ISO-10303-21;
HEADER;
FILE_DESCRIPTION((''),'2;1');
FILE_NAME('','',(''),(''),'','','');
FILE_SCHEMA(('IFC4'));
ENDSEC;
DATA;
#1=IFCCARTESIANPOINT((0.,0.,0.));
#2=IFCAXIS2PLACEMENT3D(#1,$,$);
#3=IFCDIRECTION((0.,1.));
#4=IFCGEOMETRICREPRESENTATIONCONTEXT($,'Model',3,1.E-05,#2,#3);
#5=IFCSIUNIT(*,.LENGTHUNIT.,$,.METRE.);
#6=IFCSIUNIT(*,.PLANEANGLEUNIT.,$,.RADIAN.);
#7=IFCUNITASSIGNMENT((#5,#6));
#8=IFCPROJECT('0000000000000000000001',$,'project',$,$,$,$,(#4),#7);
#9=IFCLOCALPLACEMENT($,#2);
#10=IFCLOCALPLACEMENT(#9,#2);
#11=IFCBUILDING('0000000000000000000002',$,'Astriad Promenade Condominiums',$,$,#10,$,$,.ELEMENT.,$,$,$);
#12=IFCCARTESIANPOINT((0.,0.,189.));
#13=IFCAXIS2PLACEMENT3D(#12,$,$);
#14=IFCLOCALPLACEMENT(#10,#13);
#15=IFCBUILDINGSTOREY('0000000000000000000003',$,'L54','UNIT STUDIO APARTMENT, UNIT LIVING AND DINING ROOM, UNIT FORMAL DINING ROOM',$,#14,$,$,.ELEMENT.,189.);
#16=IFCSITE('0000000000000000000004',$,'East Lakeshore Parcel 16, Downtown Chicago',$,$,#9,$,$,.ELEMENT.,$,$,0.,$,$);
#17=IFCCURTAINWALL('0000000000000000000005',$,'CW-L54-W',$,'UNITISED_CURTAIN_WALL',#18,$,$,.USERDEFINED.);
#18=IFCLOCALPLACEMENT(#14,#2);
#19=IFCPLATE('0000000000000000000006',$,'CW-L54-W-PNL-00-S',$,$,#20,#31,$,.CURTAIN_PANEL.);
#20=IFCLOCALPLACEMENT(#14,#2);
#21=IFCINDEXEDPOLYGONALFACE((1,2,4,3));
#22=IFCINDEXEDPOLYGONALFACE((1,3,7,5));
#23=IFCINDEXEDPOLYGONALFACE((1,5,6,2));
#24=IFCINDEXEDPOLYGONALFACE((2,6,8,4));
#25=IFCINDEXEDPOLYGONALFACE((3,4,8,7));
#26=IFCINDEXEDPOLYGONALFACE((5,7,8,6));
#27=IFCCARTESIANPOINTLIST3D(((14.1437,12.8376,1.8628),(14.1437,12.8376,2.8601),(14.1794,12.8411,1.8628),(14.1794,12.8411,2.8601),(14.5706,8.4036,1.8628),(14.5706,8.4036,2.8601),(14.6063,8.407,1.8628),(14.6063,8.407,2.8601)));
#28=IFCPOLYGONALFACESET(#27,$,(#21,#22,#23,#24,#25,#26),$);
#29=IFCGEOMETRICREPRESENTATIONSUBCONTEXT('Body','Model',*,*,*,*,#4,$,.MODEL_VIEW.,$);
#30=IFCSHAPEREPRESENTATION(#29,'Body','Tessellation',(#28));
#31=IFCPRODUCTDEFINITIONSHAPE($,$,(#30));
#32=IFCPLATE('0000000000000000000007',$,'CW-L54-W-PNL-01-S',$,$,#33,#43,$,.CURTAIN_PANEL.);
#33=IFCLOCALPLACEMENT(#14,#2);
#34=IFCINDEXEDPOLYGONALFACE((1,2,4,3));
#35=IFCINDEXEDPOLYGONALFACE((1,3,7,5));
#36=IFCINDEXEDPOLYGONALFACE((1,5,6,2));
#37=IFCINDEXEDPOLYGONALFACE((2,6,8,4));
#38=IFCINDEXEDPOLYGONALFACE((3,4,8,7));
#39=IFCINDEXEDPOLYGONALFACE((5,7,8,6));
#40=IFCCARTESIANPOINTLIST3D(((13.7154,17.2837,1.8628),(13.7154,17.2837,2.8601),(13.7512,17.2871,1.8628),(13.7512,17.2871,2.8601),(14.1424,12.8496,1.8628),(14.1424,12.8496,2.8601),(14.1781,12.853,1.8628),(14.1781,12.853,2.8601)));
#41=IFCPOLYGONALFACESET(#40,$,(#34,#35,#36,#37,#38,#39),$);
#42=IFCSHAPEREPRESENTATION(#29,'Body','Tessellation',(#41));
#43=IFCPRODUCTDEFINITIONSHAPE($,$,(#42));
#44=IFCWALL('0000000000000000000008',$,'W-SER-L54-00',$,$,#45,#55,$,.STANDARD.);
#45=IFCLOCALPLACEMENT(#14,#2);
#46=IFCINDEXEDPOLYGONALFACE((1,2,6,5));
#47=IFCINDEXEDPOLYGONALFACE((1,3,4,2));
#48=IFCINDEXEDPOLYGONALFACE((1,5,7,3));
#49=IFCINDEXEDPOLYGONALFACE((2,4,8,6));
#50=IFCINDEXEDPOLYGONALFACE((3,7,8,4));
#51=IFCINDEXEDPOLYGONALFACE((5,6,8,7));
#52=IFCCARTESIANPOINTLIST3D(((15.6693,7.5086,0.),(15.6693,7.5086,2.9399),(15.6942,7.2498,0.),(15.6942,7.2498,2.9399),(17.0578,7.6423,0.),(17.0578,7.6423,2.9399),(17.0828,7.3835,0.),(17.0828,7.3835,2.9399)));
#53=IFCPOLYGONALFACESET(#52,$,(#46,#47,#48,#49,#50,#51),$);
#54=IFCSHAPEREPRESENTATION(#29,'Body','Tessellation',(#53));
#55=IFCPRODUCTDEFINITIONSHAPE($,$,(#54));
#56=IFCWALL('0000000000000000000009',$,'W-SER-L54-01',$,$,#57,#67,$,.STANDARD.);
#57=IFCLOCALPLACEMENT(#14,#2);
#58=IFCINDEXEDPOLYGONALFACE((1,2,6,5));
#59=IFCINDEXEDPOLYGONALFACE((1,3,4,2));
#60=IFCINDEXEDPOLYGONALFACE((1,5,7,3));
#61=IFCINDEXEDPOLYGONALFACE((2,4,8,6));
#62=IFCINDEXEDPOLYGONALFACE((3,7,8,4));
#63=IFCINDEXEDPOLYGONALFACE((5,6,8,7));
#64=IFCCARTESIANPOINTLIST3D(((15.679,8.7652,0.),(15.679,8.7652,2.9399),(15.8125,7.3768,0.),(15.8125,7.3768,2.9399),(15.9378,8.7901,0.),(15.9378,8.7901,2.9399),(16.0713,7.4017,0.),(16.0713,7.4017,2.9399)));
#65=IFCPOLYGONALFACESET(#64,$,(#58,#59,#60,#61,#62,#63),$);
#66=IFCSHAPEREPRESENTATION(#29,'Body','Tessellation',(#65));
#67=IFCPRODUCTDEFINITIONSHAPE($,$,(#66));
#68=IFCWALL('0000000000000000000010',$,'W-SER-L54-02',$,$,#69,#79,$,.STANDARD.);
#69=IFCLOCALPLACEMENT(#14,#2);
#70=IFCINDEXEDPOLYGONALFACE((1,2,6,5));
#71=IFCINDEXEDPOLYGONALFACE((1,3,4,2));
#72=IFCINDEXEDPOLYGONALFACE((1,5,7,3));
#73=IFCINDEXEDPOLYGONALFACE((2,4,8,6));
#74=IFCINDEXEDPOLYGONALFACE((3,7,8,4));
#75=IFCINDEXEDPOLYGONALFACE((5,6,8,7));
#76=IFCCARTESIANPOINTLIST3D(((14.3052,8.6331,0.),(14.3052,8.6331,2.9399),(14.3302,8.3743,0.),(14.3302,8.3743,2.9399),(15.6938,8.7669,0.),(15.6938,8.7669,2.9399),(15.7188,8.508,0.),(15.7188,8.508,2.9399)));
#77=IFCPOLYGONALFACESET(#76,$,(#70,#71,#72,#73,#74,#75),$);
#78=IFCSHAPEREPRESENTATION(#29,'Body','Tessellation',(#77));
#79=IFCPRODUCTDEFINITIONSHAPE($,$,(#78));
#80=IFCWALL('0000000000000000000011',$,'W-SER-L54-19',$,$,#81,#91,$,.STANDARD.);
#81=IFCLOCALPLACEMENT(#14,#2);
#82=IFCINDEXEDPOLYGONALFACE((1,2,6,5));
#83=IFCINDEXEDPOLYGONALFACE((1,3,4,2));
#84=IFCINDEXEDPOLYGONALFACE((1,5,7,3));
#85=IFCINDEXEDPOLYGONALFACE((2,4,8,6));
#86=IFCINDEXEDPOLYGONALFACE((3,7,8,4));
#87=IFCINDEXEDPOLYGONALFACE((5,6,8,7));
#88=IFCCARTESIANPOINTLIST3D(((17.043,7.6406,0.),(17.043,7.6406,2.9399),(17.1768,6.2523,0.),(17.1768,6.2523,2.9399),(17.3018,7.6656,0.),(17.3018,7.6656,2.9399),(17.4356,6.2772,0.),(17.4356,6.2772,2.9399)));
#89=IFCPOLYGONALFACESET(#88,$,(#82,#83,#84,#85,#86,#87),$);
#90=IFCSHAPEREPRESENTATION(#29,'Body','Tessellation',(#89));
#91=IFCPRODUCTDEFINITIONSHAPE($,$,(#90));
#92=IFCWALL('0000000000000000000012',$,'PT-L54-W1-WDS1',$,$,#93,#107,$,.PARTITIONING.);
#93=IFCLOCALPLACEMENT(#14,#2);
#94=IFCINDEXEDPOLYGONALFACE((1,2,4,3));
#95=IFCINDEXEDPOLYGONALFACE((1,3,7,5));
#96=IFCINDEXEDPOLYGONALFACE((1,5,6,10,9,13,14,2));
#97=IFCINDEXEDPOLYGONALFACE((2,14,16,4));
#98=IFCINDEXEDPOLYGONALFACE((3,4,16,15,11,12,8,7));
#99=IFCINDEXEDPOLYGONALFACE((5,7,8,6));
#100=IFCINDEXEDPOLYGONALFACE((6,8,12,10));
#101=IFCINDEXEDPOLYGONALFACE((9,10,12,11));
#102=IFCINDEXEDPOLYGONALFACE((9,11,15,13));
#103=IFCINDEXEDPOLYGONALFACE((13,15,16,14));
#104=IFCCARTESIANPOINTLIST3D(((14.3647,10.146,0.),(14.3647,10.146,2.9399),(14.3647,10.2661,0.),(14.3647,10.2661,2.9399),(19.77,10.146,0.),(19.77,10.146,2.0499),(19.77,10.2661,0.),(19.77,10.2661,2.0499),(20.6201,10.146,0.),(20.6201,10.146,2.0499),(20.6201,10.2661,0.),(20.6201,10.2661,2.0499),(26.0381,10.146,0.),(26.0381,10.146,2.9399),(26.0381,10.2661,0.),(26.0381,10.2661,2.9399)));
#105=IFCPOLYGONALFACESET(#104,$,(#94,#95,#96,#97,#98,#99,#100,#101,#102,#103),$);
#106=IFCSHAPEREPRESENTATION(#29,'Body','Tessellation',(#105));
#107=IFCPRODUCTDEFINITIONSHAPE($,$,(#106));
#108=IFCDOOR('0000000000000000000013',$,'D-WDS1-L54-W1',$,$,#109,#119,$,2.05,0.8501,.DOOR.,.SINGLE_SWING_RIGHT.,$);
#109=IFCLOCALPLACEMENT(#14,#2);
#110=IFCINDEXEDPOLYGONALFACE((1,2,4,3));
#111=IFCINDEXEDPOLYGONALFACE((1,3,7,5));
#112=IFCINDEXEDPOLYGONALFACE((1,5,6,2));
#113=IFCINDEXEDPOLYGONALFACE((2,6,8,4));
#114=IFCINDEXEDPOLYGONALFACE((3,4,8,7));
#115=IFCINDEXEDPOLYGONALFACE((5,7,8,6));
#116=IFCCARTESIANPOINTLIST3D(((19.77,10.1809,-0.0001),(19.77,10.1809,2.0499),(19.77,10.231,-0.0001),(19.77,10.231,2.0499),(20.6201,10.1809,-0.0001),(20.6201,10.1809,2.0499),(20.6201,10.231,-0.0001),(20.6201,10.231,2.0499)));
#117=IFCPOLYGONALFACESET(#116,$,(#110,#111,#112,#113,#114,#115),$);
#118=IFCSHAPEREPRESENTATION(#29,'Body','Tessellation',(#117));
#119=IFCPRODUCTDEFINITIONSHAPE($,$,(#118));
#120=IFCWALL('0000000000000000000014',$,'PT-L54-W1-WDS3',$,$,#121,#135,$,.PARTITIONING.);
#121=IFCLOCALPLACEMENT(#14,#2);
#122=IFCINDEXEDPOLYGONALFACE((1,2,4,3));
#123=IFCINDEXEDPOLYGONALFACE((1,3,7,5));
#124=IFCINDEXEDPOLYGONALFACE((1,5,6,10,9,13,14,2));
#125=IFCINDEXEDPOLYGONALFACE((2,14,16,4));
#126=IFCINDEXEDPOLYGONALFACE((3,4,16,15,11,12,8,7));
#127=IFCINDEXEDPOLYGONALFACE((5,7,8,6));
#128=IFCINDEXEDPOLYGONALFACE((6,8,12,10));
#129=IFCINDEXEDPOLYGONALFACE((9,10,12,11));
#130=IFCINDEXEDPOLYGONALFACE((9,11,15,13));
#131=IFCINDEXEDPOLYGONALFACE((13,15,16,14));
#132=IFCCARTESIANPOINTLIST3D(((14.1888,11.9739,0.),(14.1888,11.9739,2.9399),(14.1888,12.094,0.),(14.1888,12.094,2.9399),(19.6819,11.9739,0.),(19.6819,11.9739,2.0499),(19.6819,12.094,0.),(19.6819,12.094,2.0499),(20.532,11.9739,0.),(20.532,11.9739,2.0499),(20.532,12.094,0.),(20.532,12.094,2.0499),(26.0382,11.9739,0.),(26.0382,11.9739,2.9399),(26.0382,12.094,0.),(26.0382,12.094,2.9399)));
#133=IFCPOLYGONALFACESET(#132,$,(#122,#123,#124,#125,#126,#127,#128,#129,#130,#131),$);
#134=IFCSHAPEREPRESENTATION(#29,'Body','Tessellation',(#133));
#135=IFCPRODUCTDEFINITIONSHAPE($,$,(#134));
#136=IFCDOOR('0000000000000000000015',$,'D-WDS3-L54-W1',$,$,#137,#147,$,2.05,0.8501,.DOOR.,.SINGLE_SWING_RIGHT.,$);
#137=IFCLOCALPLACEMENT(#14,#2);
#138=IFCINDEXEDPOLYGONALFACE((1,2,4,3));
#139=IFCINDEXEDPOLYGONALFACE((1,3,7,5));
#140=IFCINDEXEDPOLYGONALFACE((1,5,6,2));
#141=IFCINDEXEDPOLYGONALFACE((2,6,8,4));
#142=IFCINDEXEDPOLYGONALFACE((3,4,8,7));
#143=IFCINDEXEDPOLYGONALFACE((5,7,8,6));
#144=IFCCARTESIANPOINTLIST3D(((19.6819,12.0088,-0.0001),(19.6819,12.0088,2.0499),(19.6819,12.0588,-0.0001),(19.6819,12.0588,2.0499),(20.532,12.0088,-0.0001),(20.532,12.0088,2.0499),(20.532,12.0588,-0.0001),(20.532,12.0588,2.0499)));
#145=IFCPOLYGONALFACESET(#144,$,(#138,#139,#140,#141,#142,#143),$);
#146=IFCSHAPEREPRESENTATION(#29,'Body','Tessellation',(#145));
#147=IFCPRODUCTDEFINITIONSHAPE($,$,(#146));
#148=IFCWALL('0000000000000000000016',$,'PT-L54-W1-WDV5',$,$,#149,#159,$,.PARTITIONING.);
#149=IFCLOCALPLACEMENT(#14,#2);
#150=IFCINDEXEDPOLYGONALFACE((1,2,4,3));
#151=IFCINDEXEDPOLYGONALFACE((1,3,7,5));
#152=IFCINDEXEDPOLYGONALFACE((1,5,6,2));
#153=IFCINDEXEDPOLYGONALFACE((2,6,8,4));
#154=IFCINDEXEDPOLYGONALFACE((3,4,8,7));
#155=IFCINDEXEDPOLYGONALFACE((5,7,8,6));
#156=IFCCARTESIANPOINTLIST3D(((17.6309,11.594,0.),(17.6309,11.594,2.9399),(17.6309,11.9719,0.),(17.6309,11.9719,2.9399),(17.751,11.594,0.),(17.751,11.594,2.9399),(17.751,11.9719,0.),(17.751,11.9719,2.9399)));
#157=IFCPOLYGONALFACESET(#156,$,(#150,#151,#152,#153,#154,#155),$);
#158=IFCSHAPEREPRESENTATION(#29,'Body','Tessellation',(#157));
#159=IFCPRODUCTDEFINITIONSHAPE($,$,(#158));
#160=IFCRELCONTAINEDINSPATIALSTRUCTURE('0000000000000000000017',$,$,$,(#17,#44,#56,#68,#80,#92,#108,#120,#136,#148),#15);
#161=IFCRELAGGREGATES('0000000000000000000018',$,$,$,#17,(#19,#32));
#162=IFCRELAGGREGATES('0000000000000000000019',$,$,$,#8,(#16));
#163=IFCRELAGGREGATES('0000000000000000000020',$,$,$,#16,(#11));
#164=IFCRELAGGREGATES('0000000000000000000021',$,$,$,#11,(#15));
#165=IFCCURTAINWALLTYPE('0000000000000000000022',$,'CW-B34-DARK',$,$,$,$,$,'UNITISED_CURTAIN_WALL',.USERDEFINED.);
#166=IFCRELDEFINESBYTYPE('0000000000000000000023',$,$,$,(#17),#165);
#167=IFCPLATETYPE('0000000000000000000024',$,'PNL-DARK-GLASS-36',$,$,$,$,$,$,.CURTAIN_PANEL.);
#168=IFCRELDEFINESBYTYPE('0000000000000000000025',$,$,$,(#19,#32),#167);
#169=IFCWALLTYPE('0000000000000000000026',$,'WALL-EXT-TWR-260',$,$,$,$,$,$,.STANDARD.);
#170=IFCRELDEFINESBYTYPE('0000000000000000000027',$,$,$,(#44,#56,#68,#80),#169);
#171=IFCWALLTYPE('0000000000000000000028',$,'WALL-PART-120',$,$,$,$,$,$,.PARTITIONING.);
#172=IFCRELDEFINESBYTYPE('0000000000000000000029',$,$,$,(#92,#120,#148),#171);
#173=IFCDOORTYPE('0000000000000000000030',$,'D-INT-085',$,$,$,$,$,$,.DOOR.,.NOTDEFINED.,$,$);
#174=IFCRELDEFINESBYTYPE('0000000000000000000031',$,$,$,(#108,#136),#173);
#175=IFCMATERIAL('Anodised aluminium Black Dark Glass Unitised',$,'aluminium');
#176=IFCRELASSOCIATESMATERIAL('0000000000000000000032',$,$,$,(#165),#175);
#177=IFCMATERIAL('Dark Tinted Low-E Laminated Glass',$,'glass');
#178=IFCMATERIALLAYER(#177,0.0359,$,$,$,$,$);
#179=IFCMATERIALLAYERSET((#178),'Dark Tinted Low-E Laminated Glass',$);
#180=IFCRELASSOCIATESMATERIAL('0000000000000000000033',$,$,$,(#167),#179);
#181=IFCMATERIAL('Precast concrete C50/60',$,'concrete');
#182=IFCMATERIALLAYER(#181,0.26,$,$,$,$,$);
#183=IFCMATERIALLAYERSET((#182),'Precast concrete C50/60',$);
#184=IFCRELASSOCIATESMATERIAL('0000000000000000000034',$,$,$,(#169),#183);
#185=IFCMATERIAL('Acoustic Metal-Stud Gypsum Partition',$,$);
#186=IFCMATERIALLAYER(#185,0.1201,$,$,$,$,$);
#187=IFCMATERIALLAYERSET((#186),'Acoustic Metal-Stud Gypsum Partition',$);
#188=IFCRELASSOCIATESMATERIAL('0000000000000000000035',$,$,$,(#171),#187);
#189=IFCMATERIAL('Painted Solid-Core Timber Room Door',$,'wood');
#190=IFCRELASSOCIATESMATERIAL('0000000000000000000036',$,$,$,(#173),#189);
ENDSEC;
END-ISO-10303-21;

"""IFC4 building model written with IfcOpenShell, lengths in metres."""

from ifc_helpers import new_model, si_unit, direction, frame, frame_2d, origin, origin_2d, place, context, subcontext, project, spatial, rectangle, extrude, source, transform, mapped, material, layer, layer_set, type_object, type_shapes, element, fill, aggregate, save


model = new_model("IFC4")

# Units and contexts
model_context = context("Model", 3, precision=1e-05, world=origin(), true_north=direction((0.0, 1.0)))
body_context = subcontext(model_context, "Body", "Model", "MODEL_VIEW")
ifc_project = project(units=[si_unit("LENGTHUNIT", "METRE"), si_unit("PLANEANGLEUNIT", "RADIAN")], contexts=[model_context])

# Site, building, storey
site_placement = place(None, origin())
site = spatial("IfcSite", under=ifc_project, at=site_placement, Name="East Lakeshore Parcel 16, Downtown Chicago", CompositionType="ELEMENT", RefElevation=0.0)
building_placement = place(site_placement, origin())
building = spatial("IfcBuilding", under=site, at=building_placement, Name="Astriad Promenade Condominiums", CompositionType="ELEMENT")
storey_placement = place(building_placement, frame((0.0, 0.0, 189.0)))
storey = spatial("IfcBuildingStorey", under=building, at=storey_placement, Name="L54", Description="UNIT STUDIO APARTMENT, UNIT LIVING AND DINING ROOM, UNIT FORMAL DINING ROOM", CompositionType="ELEMENT", Elevation=189.0)

# Curtain wall
ifc_material_1 = material(Name="Anodised aluminium Black Dark Glass Unitised", Category="aluminium")
curtain_wall_type = type_object("IfcCurtainWallType", Name="CW-B34-DARK", ElementType="UNITISED_CURTAIN_WALL", PredefinedType="USERDEFINED", material=ifc_material_1)
curtain_wall_placement = place(storey_placement, origin())
curtain_wall = element("IfcCurtainWall", 1, at=curtain_wall_placement, inside=storey, type_object=curtain_wall_type, Name="CW-L54-W", ObjectType="UNITISED_CURTAIN_WALL", PredefinedType="USERDEFINED")

# Shared definitions
ifc_material_2 = material(Name="Precast concrete C50/60", Category="concrete")

# Plates
ifc_material_3 = material(Name="Dark Tinted Low-E Laminated Glass", Category="glass")
ifc_layer_1 = layer(ifc_material_3, 0.0359)
ifc_layer_set_1 = layer_set([ifc_layer_1], Name="Dark Tinted Low-E Laminated Glass")
plate_type = type_object("IfcPlateType", Name="PNL-DARK-GLASS-36", PredefinedType="CURTAIN_PANEL", material=ifc_layer_set_1)
shared_shape_1 = source(origin(), body_context, "Body", "SweptSolid", [
    extrude(rectangle(XDim=4.4546, YDim=0.0359, at=origin_2d()), origin(), (0.0, 0.0, 1.0), 0.9973),
])
plate_1_placement = place(storey_placement, frame((14.375, 10.6223, 1.8628), z_axis=(0.0, 0.0, 1.0), x_axis=(-0.095846, 0.995396, 0.0)))
plate_1 = element("IfcPlate", 2, at=plate_1_placement, type_object=plate_type, Name="CW-L54-W-PNL-00-S", PredefinedType="CURTAIN_PANEL", context=body_context, shape_type="MappedRepresentation", body=[
    mapped(shared_shape_1, transform((0.0, 0.0, 0.0), scale=1.0)),
])
plate_2_placement = place(storey_placement, frame((13.9468, 15.0684, 1.8628), z_axis=(0.0, 0.0, 1.0), x_axis=(-0.095846, 0.995396, 0.0)))
plate_2 = element("IfcPlate", 3, at=plate_2_placement, type_object=plate_type, Name="CW-L54-W-PNL-01-S", PredefinedType="CURTAIN_PANEL", context=body_context, shape_type="MappedRepresentation", body=[
    mapped(shared_shape_1, transform((0.0, 0.0, 0.0), scale=1.0)),
])
aggregate(curtain_wall, [plate_1, plate_2])

# Walls
ifc_layer_2 = layer(ifc_material_2, 0.26)
ifc_layer_set_2 = layer_set([ifc_layer_2], Name="Precast concrete C50/60")
wall_type_1 = type_object("IfcWallType", Name="WALL-EXT-TWR-260", PredefinedType="STANDARD", material=ifc_layer_set_2)
wall_1_placement = place(storey_placement, frame((17.0703, 7.5129, 0.0), z_axis=(0.0, 0.0, 1.0), x_axis=(-0.995391, -0.095899, 0.0)))
element("IfcWall", 4, at=wall_1_placement, inside=storey, type_object=wall_type_1, Name="W-SER-L54-00", PredefinedType="STANDARD", context=body_context, shape_type="SweptSolid", body=[
    extrude(rectangle(XDim=1.395, YDim=0.26, at=frame_2d((0.6975, 0.0))), origin(), (0.0, 0.0, 1.0), 2.9399),
])
wall_2_placement = place(storey_placement, frame((15.9419, 7.3894, 0.0), z_axis=(0.0, 0.0, 1.0), x_axis=(-0.095742, 0.995406, 0.0)))
element("IfcWall", 5, at=wall_2_placement, inside=storey, type_object=wall_type_1, Name="W-SER-L54-01", PredefinedType="STANDARD", context=body_context, shape_type="SweptSolid", body=[
    extrude(rectangle(XDim=1.3948, YDim=0.26, at=frame_2d((0.6973, 0.0))), origin(), (0.0, 0.0, 1.0), 2.9399),
])
wall_3_placement = place(storey_placement, frame((15.7063, 8.6375, 0.0), z_axis=(0.0, 0.0, 1.0), x_axis=(-0.995391, -0.095899, 0.0)))
element("IfcWall", 6, at=wall_3_placement, inside=storey, type_object=wall_type_1, Name="W-SER-L54-02", PredefinedType="STANDARD", context=body_context, shape_type="SweptSolid", body=[
    extrude(rectangle(XDim=1.395, YDim=0.26, at=frame_2d((0.6975, 0.0))), origin(), (0.0, 0.0, 1.0), 2.9399),
])
wall_4_placement = place(storey_placement, frame((17.3062, 6.2649, 0.0), z_axis=(0.0, 0.0, 1.0), x_axis=(-0.095916, 0.995389, 0.0)))
element("IfcWall", 7, at=wall_4_placement, inside=storey, type_object=wall_type_1, Name="W-SER-L54-19", PredefinedType="STANDARD", context=body_context, shape_type="SweptSolid", body=[
    extrude(rectangle(XDim=1.3948, YDim=0.26, at=frame_2d((0.6973, 0.0))), origin(), (0.0, 0.0, 1.0), 2.9399),
])

# Walls, openings, doors
ifc_material_4 = material(Name="Acoustic Metal-Stud Gypsum Partition")
ifc_layer_3 = layer(ifc_material_4, 0.1201)
ifc_layer_set_3 = layer_set([ifc_layer_3], Name="Acoustic Metal-Stud Gypsum Partition")
wall_type_2 = type_object("IfcWallType", Name="WALL-PART-120", PredefinedType="PARTITIONING", material=ifc_layer_set_3)
wall_5_placement = place(storey_placement, frame((14.3647, 10.2061, 0.0), z_axis=(0.0, 0.0, 1.0), x_axis=(1.0, 0.0, 0.0)))
wall_5 = element("IfcWall", 8, at=wall_5_placement, inside=storey, type_object=wall_type_2, Name="PT-L54-W1-WDS1", PredefinedType="PARTITIONING", context=body_context, shape_type="SweptSolid", body=[
    extrude(rectangle(XDim=11.6733, YDim=0.1201, at=frame_2d((5.8367, 0.0))), origin(), (0.0, 0.0, 1.0), 2.9399),
])
opening_1_placement = place(wall_5_placement, frame((5.4053, 0.0, 0.0)))
opening_1 = element("IfcOpeningElement", 9, at=opening_1_placement, cuts=wall_5, PredefinedType="OPENING", context=body_context, shape_type="SweptSolid", body=[
    extrude(rectangle(XDim=0.8501, YDim=2.05, at=frame_2d((0.425, 1.0249))), frame((0.0, 0.0701, 0.0), z_axis=(0.0, -1.0, 0.0), x_axis=(1.0, 0.0, 0.0)), (0.0, 0.0, 1.0), 0.1401),
])
ifc_material_5 = material(Name="Painted Solid-Core Timber Room Door", Category="wood")
door_type = type_object("IfcDoorType", Name="D-INT-085", OperationType="NOTDEFINED", PredefinedType="DOOR", material=ifc_material_5)
shared_shape_2 = source(origin(), body_context, "Body", "SweptSolid", [
    extrude(rectangle(XDim=0.8501, YDim=2.05, at=frame_2d((0.425, 1.0249))), frame((0.0, 0.0249, 0.0), z_axis=(0.0, -1.0, 0.0), x_axis=(1.0, 0.0, 0.0)), (0.0, 0.0, 1.0), 0.05),
])
type_shapes(door_type, [shared_shape_2])
door_1_placement = place(opening_1_placement, origin())
door_1 = element("IfcDoor", 10, at=door_1_placement, inside=storey, type_object=door_type, Name="D-WDS1-L54-W1", OperationType="SINGLE_SWING_RIGHT", OverallHeight=2.05, OverallWidth=0.8501, PredefinedType="DOOR", context=body_context, shape_type="MappedRepresentation", body=[
    mapped(shared_shape_2, transform((0.0, 0.0, 0.0), scale=1.0)),
])
fill(opening_1, door_1)
wall_6_placement = place(storey_placement, frame((14.1887, 12.0339, 0.0), z_axis=(0.0, 0.0, 1.0), x_axis=(1.0, 0.0, 0.0)))
wall_6 = element("IfcWall", 11, at=wall_6_placement, inside=storey, type_object=wall_type_2, Name="PT-L54-W1-WDS3", PredefinedType="PARTITIONING", context=body_context, shape_type="SweptSolid", body=[
    extrude(rectangle(XDim=11.8494, YDim=0.1201, at=frame_2d((5.9248, 0.0))), origin(), (0.0, 0.0, 1.0), 2.9399),
])
opening_2_placement = place(wall_6_placement, frame((5.4932, 0.0, 0.0)))
opening_2 = element("IfcOpeningElement", 12, at=opening_2_placement, cuts=wall_6, PredefinedType="OPENING", context=body_context, shape_type="SweptSolid", body=[
    extrude(rectangle(XDim=0.8501, YDim=2.05, at=frame_2d((0.425, 1.0249))), frame((0.0, 0.0701, 0.0), z_axis=(0.0, -1.0, 0.0), x_axis=(1.0, 0.0, 0.0)), (0.0, 0.0, 1.0), 0.1401),
])
door_2_placement = place(opening_2_placement, origin())
door_2 = element("IfcDoor", 13, at=door_2_placement, inside=storey, type_object=door_type, Name="D-WDS3-L54-W1", OperationType="SINGLE_SWING_RIGHT", OverallHeight=2.05, OverallWidth=0.8501, PredefinedType="DOOR", context=body_context, shape_type="MappedRepresentation", body=[
    mapped(shared_shape_2, transform((0.0, 0.0, 0.0), scale=1.0)),
])
fill(opening_2, door_2)

# Wall
wall_7_placement = place(storey_placement, frame((17.6909, 11.594, 0.0), z_axis=(0.0, 0.0, 1.0), x_axis=(0.0, 1.0, 0.0)))
element("IfcWall", 14, at=wall_7_placement, inside=storey, type_object=wall_type_2, Name="PT-L54-W1-WDV5", PredefinedType="PARTITIONING", context=body_context, shape_type="SweptSolid", body=[
    extrude(rectangle(XDim=0.3779, YDim=0.1201, at=frame_2d((0.189, 0.0))), origin(), (0.0, 0.0, 1.0), 2.9399),
])

save(model, "model.ifc")
